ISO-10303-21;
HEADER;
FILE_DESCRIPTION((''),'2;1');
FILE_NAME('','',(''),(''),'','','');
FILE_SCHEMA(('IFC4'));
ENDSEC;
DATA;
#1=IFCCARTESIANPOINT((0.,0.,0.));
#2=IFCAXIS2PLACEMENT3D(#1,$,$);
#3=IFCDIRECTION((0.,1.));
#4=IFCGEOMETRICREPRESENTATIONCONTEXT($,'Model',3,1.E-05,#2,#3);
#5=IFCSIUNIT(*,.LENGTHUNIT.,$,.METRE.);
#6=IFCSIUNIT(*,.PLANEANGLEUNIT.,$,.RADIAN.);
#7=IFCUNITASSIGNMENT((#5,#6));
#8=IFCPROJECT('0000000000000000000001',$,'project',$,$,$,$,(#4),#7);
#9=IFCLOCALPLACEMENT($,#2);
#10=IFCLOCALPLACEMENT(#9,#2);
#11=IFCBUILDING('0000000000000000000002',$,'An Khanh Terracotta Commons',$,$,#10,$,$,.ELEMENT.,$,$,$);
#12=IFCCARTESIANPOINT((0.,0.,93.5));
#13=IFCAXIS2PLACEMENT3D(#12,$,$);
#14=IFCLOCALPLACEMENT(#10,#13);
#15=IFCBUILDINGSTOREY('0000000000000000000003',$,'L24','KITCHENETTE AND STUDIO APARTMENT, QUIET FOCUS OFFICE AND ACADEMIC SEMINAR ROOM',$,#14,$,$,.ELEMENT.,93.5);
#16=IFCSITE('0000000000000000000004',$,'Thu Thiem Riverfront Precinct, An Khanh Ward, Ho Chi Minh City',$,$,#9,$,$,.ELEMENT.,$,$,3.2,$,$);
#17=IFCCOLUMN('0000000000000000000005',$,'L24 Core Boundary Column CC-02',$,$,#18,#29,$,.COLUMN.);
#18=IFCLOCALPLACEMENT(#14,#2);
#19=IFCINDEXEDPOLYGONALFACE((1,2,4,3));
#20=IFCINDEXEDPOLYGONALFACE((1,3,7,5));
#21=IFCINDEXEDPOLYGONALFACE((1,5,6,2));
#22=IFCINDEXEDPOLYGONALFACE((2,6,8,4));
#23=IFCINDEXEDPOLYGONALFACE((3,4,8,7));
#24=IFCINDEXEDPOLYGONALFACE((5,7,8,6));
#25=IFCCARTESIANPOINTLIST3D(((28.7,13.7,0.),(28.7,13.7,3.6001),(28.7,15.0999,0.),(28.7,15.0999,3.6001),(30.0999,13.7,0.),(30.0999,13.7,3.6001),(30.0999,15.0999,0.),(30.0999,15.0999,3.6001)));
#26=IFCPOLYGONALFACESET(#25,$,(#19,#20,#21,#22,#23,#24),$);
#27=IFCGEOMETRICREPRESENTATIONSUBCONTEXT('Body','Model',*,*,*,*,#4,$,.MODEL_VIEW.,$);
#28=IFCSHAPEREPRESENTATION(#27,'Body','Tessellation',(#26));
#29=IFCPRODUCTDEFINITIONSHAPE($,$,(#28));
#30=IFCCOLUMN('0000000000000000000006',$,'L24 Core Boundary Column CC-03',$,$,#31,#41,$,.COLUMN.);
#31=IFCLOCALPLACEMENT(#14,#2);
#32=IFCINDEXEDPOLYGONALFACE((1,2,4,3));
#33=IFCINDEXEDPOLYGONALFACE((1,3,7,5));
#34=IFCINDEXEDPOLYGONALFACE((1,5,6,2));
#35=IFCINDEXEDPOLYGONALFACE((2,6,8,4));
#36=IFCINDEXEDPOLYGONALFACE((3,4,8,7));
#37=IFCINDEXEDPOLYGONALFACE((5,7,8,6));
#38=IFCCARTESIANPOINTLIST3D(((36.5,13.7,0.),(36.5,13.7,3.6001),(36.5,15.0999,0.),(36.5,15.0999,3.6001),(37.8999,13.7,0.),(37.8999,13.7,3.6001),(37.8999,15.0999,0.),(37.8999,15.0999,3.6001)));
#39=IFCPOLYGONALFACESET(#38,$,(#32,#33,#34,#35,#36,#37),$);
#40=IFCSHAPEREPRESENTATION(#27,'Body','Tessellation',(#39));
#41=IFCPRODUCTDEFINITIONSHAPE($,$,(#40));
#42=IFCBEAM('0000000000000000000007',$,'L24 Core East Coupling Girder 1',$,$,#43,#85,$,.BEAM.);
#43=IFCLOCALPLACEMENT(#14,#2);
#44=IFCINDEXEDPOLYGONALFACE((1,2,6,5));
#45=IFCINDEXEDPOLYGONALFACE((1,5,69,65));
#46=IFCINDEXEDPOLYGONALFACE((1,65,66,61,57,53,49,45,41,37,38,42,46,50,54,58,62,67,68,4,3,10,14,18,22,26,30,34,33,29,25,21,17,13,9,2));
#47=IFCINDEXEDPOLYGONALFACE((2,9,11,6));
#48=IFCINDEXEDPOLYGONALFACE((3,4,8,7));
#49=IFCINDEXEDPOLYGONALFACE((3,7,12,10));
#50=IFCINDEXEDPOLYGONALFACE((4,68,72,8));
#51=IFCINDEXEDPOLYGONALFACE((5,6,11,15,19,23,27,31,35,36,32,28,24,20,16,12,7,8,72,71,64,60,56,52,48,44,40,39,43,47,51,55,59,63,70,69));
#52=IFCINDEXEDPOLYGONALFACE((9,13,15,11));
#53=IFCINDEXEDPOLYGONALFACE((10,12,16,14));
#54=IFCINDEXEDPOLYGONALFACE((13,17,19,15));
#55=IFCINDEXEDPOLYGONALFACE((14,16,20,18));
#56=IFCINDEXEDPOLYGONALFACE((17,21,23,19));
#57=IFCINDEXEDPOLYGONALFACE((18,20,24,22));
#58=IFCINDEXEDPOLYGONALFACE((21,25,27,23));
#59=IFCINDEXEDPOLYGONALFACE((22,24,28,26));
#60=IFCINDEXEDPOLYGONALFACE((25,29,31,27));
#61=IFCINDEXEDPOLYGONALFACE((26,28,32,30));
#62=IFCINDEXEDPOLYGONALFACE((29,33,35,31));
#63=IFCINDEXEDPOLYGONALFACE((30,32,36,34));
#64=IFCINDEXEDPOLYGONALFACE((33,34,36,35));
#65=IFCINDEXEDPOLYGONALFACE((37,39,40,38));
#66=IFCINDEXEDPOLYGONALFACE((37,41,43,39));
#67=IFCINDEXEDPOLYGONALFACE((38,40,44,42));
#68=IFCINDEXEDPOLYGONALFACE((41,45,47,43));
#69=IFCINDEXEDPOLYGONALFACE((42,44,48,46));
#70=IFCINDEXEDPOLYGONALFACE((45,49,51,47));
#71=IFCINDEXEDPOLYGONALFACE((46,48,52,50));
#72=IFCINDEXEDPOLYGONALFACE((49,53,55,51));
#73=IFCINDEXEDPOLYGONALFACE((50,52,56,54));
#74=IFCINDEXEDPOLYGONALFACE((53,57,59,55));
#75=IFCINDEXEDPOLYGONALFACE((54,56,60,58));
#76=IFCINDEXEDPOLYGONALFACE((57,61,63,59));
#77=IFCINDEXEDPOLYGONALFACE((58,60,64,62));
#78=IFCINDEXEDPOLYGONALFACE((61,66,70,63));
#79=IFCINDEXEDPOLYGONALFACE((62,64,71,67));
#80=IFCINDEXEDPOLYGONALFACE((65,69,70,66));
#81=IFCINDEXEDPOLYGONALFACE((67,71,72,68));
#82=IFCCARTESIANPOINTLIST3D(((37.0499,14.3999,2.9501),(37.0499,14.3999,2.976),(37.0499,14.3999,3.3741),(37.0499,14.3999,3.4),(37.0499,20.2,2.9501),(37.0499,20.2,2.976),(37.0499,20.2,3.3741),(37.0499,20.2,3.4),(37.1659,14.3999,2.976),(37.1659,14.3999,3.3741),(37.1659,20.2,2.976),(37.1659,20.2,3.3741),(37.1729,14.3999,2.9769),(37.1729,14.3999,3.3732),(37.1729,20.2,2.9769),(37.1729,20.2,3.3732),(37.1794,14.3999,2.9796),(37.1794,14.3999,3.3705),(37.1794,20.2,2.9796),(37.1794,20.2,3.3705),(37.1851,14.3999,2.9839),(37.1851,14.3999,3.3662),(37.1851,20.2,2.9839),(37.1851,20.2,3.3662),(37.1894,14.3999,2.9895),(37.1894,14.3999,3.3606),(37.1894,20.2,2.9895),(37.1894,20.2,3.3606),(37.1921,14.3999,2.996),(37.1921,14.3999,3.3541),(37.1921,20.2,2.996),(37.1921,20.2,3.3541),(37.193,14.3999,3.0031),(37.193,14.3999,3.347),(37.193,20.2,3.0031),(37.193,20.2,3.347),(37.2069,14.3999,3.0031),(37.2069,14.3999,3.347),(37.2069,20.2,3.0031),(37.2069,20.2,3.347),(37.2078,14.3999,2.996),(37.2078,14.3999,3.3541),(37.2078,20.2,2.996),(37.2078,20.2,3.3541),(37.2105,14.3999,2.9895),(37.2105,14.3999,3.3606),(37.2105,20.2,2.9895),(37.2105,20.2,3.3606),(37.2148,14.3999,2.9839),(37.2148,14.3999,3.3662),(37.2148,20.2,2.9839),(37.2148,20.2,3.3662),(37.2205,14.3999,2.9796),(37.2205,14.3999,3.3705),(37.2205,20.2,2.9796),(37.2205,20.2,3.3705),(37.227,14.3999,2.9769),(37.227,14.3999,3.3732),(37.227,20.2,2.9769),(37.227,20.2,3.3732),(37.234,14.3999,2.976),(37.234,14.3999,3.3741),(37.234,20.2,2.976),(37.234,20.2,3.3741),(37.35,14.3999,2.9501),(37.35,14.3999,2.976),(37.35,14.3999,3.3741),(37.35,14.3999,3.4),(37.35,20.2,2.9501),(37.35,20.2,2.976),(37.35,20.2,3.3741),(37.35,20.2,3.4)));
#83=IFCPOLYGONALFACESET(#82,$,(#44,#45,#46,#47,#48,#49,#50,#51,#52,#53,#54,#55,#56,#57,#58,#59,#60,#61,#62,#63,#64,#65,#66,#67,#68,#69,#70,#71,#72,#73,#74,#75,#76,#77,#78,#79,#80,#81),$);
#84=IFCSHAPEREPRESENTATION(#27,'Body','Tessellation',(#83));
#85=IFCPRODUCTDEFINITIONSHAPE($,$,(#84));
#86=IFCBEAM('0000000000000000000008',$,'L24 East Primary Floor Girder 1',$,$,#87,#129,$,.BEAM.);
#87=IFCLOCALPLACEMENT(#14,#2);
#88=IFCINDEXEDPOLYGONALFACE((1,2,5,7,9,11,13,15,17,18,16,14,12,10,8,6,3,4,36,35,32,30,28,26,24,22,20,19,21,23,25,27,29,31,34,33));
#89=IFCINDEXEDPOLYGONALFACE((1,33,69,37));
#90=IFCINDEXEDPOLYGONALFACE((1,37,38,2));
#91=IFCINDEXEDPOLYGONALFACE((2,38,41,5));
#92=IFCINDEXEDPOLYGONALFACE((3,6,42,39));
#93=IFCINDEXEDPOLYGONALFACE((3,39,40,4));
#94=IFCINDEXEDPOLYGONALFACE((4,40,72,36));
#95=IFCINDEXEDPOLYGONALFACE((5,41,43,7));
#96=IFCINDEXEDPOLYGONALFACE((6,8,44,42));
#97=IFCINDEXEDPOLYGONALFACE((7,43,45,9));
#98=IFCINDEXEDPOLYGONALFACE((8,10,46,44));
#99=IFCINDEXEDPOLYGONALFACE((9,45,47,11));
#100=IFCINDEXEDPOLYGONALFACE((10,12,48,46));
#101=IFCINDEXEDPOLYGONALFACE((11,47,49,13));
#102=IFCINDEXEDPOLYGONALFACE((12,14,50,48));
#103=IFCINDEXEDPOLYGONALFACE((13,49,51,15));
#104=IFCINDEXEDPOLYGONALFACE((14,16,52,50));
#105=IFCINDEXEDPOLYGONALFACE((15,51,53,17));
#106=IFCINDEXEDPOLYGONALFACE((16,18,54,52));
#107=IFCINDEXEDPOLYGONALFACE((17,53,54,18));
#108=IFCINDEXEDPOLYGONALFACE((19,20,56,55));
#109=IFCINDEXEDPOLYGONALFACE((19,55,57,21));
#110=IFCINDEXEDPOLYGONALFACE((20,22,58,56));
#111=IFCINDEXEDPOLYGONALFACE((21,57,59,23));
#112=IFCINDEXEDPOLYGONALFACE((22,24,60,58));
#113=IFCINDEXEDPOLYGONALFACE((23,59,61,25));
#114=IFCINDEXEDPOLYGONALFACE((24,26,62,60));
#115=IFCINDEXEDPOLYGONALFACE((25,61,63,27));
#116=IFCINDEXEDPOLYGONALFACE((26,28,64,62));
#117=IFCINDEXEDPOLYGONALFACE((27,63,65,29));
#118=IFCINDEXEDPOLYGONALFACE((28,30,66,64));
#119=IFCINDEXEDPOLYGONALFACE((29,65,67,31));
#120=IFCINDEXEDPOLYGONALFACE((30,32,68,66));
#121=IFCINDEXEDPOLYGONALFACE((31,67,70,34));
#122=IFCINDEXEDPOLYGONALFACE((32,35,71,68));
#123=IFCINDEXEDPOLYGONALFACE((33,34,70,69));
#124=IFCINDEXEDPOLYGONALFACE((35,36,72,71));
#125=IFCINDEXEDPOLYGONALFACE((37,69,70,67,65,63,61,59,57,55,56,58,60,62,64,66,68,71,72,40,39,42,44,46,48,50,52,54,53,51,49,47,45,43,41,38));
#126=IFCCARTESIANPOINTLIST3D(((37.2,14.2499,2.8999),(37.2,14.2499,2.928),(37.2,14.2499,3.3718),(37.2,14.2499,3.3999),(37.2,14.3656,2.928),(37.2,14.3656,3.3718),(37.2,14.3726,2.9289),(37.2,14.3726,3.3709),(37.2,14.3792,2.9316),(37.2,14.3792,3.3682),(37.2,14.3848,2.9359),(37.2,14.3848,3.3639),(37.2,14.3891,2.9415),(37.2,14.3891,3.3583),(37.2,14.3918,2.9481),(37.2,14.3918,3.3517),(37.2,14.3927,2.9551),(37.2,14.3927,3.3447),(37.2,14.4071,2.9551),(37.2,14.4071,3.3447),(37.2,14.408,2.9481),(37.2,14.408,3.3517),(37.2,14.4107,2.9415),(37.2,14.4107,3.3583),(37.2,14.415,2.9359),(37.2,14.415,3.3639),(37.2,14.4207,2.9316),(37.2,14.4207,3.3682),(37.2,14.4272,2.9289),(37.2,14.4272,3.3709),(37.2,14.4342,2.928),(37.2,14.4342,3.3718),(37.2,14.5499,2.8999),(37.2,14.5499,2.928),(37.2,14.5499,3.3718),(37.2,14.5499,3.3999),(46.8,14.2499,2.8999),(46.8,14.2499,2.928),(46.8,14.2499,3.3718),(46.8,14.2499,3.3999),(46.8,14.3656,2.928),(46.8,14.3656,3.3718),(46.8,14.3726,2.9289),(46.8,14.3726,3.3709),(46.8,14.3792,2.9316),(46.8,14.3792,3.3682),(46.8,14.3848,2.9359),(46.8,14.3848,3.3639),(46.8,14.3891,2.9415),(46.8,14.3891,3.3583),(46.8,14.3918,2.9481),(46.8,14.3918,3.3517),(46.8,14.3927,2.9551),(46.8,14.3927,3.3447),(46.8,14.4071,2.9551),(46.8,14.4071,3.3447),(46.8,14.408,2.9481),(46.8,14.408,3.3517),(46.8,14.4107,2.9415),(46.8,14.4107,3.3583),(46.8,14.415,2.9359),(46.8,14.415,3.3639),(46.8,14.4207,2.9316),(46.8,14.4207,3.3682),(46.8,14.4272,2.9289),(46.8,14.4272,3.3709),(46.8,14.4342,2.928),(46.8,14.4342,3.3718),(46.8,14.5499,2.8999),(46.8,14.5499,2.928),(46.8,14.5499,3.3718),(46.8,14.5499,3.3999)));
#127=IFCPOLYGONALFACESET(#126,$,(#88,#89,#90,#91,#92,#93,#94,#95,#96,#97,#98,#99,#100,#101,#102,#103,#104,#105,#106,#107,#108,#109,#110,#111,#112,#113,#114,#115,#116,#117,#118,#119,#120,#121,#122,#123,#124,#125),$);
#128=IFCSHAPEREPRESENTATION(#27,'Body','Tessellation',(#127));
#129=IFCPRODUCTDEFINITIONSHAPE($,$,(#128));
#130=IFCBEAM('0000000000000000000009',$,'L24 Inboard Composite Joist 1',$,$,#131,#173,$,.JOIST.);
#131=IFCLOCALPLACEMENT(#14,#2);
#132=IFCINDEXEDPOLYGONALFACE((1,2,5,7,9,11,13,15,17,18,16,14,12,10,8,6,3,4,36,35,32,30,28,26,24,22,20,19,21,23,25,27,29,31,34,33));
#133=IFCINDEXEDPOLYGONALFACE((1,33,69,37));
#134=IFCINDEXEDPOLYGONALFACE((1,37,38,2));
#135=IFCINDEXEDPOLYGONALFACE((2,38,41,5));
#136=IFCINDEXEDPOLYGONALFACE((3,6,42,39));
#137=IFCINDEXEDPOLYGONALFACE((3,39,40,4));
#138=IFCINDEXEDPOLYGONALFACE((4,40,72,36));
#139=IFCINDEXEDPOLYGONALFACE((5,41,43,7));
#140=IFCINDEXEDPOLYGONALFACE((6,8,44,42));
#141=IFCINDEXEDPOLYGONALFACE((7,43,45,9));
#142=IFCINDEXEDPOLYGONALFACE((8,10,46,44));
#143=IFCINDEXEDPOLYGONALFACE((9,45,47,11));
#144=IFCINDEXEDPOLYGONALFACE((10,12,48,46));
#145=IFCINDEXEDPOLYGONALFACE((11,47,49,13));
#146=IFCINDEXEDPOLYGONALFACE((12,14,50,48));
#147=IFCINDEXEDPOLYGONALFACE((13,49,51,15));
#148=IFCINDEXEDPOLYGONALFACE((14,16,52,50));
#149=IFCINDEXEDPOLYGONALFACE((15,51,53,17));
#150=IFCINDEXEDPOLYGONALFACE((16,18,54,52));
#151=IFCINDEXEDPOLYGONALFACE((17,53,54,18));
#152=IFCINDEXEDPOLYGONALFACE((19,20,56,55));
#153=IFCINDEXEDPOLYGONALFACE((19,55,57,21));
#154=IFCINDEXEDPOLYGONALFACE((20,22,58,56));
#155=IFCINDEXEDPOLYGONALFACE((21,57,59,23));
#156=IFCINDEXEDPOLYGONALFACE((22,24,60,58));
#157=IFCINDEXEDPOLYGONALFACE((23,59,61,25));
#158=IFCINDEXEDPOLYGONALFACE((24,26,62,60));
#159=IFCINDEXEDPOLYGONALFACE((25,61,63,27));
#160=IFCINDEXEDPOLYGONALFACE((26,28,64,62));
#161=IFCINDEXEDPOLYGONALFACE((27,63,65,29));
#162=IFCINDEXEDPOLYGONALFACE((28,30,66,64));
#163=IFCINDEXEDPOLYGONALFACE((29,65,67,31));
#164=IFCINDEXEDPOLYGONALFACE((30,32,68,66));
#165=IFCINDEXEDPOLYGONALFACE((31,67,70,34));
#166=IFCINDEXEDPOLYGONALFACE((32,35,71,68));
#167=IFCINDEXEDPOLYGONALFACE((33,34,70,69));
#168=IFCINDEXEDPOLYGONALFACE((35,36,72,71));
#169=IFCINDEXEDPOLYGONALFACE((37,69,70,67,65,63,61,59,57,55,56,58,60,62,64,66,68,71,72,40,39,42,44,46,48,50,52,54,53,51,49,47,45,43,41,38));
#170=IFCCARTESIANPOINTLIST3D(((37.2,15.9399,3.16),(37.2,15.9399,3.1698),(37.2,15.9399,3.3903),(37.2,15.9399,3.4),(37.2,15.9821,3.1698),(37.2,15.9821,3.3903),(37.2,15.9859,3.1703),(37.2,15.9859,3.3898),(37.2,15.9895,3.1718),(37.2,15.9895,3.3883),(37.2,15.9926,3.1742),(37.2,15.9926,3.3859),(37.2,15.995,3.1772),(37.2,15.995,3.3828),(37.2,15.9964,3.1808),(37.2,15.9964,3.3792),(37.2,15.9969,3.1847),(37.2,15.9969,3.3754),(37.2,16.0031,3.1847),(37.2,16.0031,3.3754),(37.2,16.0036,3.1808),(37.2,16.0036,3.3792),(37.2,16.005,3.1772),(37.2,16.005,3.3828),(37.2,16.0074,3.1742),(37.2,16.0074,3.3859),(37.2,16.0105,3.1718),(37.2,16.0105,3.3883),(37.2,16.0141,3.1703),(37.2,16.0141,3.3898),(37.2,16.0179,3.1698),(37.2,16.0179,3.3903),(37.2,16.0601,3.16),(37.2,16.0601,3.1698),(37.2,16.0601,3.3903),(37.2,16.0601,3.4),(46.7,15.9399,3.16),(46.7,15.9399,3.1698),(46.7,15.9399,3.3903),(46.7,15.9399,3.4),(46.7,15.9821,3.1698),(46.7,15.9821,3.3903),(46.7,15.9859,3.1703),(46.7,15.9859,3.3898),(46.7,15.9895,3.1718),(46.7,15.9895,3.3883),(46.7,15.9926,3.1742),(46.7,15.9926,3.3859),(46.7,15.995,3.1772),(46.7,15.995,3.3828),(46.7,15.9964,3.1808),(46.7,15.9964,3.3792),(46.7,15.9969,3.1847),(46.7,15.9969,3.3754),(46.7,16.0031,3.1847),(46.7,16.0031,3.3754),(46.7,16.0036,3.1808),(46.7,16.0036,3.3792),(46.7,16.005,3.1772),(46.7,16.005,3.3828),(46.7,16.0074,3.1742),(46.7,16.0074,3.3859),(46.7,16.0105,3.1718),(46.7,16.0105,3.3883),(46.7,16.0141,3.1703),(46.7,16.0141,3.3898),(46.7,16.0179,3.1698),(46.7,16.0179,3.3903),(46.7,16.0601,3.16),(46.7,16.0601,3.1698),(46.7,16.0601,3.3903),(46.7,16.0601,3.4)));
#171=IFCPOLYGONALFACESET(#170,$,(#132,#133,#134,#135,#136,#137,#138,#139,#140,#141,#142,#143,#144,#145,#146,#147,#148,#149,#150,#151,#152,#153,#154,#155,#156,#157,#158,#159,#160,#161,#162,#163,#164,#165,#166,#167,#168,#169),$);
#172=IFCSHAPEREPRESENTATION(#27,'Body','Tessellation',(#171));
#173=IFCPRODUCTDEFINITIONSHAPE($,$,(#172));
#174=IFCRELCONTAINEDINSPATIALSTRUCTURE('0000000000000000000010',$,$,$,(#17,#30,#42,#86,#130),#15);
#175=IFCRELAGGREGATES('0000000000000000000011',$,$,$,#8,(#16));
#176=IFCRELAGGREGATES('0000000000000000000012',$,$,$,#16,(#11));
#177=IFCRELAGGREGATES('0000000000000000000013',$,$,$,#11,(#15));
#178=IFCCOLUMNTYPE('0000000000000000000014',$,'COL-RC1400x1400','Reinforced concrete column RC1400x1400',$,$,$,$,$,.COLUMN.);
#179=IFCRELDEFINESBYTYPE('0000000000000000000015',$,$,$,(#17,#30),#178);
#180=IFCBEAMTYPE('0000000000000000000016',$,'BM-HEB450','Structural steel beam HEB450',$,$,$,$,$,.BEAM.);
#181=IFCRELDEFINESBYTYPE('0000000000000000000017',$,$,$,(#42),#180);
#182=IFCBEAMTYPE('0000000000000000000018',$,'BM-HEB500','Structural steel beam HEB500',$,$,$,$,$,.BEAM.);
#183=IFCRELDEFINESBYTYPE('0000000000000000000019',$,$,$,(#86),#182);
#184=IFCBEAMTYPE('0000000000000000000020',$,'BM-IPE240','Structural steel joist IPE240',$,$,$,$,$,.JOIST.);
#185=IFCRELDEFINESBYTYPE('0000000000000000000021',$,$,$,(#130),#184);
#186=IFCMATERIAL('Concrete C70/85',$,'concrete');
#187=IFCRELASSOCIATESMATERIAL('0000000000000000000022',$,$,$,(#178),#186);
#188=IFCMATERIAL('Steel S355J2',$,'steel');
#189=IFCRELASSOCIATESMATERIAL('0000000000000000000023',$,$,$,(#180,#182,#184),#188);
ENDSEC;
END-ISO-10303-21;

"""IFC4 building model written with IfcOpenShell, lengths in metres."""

from ifc_helpers import new_model, si_unit, direction, frame, origin, origin_2d, place, context, subcontext, project, spatial, rectangle, i_section, extrude, material, material_profile, profile_set, type_object, element, save


model = new_model("IFC4")

# Units and contexts
model_context = context("Model", 3, precision=1e-05, world=origin(), true_north=direction((0.0, 1.0)))
body_context = subcontext(model_context, "Body", "Model", "MODEL_VIEW")
ifc_project = project(units=[si_unit("LENGTHUNIT", "METRE"), si_unit("PLANEANGLEUNIT", "RADIAN")], contexts=[model_context])

# Site, building, storey
site_placement = place(None, origin())
site = spatial("IfcSite", under=ifc_project, at=site_placement, Name="Thu Thiem Riverfront Precinct, An Khanh Ward, Ho Chi Minh City", CompositionType="ELEMENT", RefElevation=3.2)
building_placement = place(site_placement, origin())
building = spatial("IfcBuilding", under=site, at=building_placement, Name="An Khanh Terracotta Commons", CompositionType="ELEMENT")
storey_placement = place(building_placement, frame((0.0, 0.0, 93.5)))
storey = spatial("IfcBuildingStorey", under=building, at=storey_placement, Name="L24", Description="KITCHENETTE AND STUDIO APARTMENT, QUIET FOCUS OFFICE AND ACADEMIC SEMINAR ROOM", CompositionType="ELEMENT", Elevation=93.5)

# Columns
ifc_material_1 = material(Name="Concrete C70/85", Category="concrete")
ifc_material_profile_1 = material_profile(ifc_material_1, rectangle(XDim=1.3999, YDim=1.3999, at=origin_2d()), Name="RC1400x1400")
ifc_profile_set_1 = profile_set([ifc_material_profile_1], Name="Concrete C70/85")
column_type = type_object("IfcColumnType", Name="COL-RC1400x1400", Description="Reinforced concrete column RC1400x1400", PredefinedType="COLUMN", material=ifc_profile_set_1)
for number, where, z_axis, x_axis, name in (
    (1, (29.3999, 14.3999, 0.0), (0.0, 0.0, 1.0), (1.0, 0.0, 0.0), "L24 Core Boundary Column CC-02"),
    (2, (37.2, 14.3999, 0.0), (0.0, 0.0, 1.0), (1.0, 0.0, 0.0), "L24 Core Boundary Column CC-03"),
):
    element("IfcColumn", number, at=place(storey_placement, frame(where, z_axis=z_axis, x_axis=x_axis)), inside=storey, type_object=column_type, Name=name, PredefinedType="COLUMN", context=body_context, shape_type="SweptSolid", body=[
        extrude(rectangle(XDim=1.3999, YDim=1.3999, at=origin_2d()), origin(), (0.0, 0.0, 1.0), 3.6001),
    ])

# Beams
ifc_material_2 = material(Name="Steel S355J2", Category="steel")
ifc_material_profile_2 = material_profile(ifc_material_2, i_section(OverallWidth=0.3, OverallDepth=0.45, WebThickness=0.0139, FlangeThickness=0.0259, FilletRadius=0.0271, at=origin_2d()), Name="HEB450")
ifc_profile_set_2 = profile_set([ifc_material_profile_2], Name="Steel S355J2")
beam_type_1 = type_object("IfcBeamType", Name="BM-HEB450", Description="Structural steel beam HEB450", PredefinedType="BEAM", material=ifc_profile_set_2)
beam_1_placement = place(storey_placement, frame((37.2, 14.3999, 3.175), z_axis=(0.0, 1.0, 0.0), x_axis=(-1.0, 0.0, 0.0)))
element("IfcBeam", 3, at=beam_1_placement, inside=storey, type_object=beam_type_1, Name="L24 Core East Coupling Girder 1", PredefinedType="BEAM", context=body_context, shape_type="SweptSolid", body=[
    extrude(i_section(OverallWidth=0.3, OverallDepth=0.45, WebThickness=0.0139, FlangeThickness=0.0259, FilletRadius=0.0271, at=origin_2d()), origin(), (0.0, 0.0, 1.0), 5.8),
])
ifc_material_profile_3 = material_profile(ifc_material_2, i_section(OverallWidth=0.3, OverallDepth=0.5, WebThickness=0.0144, FlangeThickness=0.0281, FilletRadius=0.0271, at=origin_2d()), Name="HEB500")
ifc_profile_set_3 = profile_set([ifc_material_profile_3], Name="Steel S355J2")
beam_type_2 = type_object("IfcBeamType", Name="BM-HEB500", Description="Structural steel beam HEB500", PredefinedType="BEAM", material=ifc_profile_set_3)
beam_2_placement = place(storey_placement, frame((37.2, 14.3999, 3.1499), z_axis=(1.0, 0.0, 0.0), x_axis=(0.0, 1.0, 0.0)))
element("IfcBeam", 4, at=beam_2_placement, inside=storey, type_object=beam_type_2, Name="L24 East Primary Floor Girder 1", PredefinedType="BEAM", context=body_context, shape_type="SweptSolid", body=[
    extrude(i_section(OverallWidth=0.3, OverallDepth=0.5, WebThickness=0.0144, FlangeThickness=0.0281, FilletRadius=0.0271, at=origin_2d()), origin(), (0.0, 0.0, 1.0), 9.6001),
])
ifc_material_profile_4 = material_profile(ifc_material_2, i_section(OverallWidth=0.1201, OverallDepth=0.24, WebThickness=0.0061, FlangeThickness=0.0098, FilletRadius=0.0149, at=origin_2d()), Name="IPE240")
ifc_profile_set_4 = profile_set([ifc_material_profile_4], Name="Steel S355J2")
beam_type_3 = type_object("IfcBeamType", Name="BM-IPE240", Description="Structural steel joist IPE240", PredefinedType="JOIST", material=ifc_profile_set_4)
beam_3_placement = place(storey_placement, frame((37.2, 16.0, 3.28), z_axis=(1.0, 0.0, 0.0), x_axis=(0.0, 1.0, 0.0)))
element("IfcBeam", 5, at=beam_3_placement, inside=storey, type_object=beam_type_3, Name="L24 Inboard Composite Joist 1", PredefinedType="JOIST", context=body_context, shape_type="SweptSolid", body=[
    extrude(i_section(OverallWidth=0.1201, OverallDepth=0.24, WebThickness=0.0061, FlangeThickness=0.0098, FilletRadius=0.0149, at=origin_2d()), origin(), (0.0, 0.0, 1.0), 9.5),
])

save(model, "model.ifc")
